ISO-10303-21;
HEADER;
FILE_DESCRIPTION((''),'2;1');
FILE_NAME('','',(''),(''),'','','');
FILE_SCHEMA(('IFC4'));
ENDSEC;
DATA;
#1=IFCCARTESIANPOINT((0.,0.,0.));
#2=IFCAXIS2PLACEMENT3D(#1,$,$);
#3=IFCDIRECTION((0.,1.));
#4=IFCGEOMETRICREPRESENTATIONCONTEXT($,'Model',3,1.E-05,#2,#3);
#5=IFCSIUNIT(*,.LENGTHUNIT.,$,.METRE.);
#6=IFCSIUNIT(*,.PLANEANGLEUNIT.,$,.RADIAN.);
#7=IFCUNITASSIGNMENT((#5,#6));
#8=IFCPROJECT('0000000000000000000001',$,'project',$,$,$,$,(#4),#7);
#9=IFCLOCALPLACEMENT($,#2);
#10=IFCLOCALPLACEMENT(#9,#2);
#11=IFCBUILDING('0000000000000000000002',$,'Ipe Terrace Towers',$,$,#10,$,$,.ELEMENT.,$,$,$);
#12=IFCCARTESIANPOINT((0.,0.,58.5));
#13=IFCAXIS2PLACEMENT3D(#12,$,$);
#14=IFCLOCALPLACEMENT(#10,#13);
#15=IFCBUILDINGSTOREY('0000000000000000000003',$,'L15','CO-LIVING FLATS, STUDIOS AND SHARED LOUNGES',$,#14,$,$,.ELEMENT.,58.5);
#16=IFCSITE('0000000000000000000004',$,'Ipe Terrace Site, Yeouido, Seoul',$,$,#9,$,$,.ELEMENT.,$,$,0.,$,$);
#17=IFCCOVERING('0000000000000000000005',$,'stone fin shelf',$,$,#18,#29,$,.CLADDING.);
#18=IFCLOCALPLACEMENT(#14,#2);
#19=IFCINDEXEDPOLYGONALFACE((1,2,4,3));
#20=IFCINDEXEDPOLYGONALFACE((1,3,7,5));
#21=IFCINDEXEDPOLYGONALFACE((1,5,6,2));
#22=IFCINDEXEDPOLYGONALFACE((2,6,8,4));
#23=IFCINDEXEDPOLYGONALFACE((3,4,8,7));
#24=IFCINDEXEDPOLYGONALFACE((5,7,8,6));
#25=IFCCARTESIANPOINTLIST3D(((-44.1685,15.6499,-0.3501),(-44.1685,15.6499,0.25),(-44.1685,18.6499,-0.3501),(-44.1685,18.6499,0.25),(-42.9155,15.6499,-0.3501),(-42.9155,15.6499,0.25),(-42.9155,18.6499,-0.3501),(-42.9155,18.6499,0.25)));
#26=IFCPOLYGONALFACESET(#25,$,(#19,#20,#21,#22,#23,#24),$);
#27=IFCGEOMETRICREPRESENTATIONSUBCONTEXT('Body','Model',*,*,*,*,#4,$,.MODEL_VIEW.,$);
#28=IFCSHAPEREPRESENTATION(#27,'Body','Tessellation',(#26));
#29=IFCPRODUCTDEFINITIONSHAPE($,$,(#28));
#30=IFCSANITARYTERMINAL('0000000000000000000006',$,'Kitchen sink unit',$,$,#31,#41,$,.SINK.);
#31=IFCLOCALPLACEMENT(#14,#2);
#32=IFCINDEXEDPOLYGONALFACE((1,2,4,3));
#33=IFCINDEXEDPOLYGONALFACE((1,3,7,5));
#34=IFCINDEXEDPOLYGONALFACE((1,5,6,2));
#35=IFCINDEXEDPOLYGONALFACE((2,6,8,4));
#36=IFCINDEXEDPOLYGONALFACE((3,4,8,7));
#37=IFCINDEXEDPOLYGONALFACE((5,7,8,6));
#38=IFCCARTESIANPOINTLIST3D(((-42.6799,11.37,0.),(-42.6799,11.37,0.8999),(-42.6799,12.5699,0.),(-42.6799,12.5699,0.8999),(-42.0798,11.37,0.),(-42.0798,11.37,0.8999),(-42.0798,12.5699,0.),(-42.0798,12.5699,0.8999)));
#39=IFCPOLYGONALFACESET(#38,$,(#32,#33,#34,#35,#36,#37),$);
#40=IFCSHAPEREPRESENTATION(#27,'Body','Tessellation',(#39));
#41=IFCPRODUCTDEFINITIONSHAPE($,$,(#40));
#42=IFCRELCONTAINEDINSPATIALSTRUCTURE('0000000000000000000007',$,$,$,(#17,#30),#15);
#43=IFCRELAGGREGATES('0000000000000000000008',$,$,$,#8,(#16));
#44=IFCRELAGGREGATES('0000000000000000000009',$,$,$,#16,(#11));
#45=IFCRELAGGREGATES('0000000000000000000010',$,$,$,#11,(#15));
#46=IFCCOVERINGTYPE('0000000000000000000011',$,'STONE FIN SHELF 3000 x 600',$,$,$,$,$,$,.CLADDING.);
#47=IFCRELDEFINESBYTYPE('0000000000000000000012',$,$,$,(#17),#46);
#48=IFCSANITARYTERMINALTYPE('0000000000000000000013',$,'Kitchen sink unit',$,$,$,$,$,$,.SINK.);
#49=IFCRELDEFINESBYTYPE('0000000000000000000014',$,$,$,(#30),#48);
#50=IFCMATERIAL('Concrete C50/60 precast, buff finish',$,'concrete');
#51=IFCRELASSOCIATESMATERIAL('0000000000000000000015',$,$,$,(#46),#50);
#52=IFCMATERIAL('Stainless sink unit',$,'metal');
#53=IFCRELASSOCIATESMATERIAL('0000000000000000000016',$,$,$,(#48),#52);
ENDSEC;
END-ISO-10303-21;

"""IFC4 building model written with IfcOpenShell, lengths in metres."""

from ifc_helpers import new_model, si_unit, direction, frame, origin, origin_2d, place, context, subcontext, project, spatial, rectangle, extrude, material, type_object, element, save


model = new_model("IFC4")

# Units and contexts
model_context = context("Model", 3, precision=1e-05, world=origin(), true_north=direction((0.0, 1.0)))
body_context = subcontext(model_context, "Body", "Model", "MODEL_VIEW")
ifc_project = project(units=[si_unit("LENGTHUNIT", "METRE"), si_unit("PLANEANGLEUNIT", "RADIAN")], contexts=[model_context])

# Site, building, storey
site_placement = place(None, origin())
site = spatial("IfcSite", under=ifc_project, at=site_placement, Name="Ipe Terrace Site, Yeouido, Seoul", CompositionType="ELEMENT", RefElevation=0.0)
building_placement = place(site_placement, origin())
building = spatial("IfcBuilding", under=site, at=building_placement, Name="Ipe Terrace Towers", CompositionType="ELEMENT")
storey_placement = place(building_placement, frame((0.0, 0.0, 58.5)))
storey = spatial("IfcBuildingStorey", under=building, at=storey_placement, Name="L15", Description="CO-LIVING FLATS, STUDIOS AND SHARED LOUNGES", CompositionType="ELEMENT", Elevation=58.5)

# Covering
ifc_material_1 = material(Name="Concrete C50/60 precast, buff finish", Category="concrete")
covering_type_1 = type_object("IfcCoveringType", Name="STONE FIN SHELF 3000 x 600", PredefinedType="CLADDING", material=ifc_material_1)
for number, where, z_axis, x_axis, name in (
    (1, (-43.542, 17.1499, -0.3501), (0.0, 0.0, 1.0), (0.0, -1.0, 0.0), "stone fin shelf"),
):
    element("IfcCovering", number, at=place(storey_placement, frame(where, z_axis=z_axis, x_axis=x_axis)), inside=storey, type_object=covering_type_1, Name=name, PredefinedType="CLADDING", context=body_context, shape_type="SweptSolid", body=[
        extrude(rectangle(XDim=3.0, YDim=1.2529, at=origin_2d()), origin(), (0.0, 0.0, 1.0), 0.6001),
    ])

# Sanitary terminal
ifc_material_2 = material(Name="Stainless sink unit", Category="metal")
sanitary_terminal_type = type_object("IfcSanitaryTerminalType", Name="Kitchen sink unit", PredefinedType="SINK", material=ifc_material_2)
sanitary_terminal_placement = place(storey_placement, frame((-42.3799, 11.97, 0.0), z_axis=(0.0, 0.0, 1.0), x_axis=(0.0, 1.0, 0.0)))
element("IfcSanitaryTerminal", 2, at=sanitary_terminal_placement, inside=storey, type_object=sanitary_terminal_type, Name="Kitchen sink unit", PredefinedType="SINK", context=body_context, shape_type="SweptSolid", body=[
    extrude(rectangle(XDim=1.2, YDim=0.6001, at=origin_2d()), origin(), (0.0, 0.0, 1.0), 0.8999),
])

save(model, "model.ifc")
